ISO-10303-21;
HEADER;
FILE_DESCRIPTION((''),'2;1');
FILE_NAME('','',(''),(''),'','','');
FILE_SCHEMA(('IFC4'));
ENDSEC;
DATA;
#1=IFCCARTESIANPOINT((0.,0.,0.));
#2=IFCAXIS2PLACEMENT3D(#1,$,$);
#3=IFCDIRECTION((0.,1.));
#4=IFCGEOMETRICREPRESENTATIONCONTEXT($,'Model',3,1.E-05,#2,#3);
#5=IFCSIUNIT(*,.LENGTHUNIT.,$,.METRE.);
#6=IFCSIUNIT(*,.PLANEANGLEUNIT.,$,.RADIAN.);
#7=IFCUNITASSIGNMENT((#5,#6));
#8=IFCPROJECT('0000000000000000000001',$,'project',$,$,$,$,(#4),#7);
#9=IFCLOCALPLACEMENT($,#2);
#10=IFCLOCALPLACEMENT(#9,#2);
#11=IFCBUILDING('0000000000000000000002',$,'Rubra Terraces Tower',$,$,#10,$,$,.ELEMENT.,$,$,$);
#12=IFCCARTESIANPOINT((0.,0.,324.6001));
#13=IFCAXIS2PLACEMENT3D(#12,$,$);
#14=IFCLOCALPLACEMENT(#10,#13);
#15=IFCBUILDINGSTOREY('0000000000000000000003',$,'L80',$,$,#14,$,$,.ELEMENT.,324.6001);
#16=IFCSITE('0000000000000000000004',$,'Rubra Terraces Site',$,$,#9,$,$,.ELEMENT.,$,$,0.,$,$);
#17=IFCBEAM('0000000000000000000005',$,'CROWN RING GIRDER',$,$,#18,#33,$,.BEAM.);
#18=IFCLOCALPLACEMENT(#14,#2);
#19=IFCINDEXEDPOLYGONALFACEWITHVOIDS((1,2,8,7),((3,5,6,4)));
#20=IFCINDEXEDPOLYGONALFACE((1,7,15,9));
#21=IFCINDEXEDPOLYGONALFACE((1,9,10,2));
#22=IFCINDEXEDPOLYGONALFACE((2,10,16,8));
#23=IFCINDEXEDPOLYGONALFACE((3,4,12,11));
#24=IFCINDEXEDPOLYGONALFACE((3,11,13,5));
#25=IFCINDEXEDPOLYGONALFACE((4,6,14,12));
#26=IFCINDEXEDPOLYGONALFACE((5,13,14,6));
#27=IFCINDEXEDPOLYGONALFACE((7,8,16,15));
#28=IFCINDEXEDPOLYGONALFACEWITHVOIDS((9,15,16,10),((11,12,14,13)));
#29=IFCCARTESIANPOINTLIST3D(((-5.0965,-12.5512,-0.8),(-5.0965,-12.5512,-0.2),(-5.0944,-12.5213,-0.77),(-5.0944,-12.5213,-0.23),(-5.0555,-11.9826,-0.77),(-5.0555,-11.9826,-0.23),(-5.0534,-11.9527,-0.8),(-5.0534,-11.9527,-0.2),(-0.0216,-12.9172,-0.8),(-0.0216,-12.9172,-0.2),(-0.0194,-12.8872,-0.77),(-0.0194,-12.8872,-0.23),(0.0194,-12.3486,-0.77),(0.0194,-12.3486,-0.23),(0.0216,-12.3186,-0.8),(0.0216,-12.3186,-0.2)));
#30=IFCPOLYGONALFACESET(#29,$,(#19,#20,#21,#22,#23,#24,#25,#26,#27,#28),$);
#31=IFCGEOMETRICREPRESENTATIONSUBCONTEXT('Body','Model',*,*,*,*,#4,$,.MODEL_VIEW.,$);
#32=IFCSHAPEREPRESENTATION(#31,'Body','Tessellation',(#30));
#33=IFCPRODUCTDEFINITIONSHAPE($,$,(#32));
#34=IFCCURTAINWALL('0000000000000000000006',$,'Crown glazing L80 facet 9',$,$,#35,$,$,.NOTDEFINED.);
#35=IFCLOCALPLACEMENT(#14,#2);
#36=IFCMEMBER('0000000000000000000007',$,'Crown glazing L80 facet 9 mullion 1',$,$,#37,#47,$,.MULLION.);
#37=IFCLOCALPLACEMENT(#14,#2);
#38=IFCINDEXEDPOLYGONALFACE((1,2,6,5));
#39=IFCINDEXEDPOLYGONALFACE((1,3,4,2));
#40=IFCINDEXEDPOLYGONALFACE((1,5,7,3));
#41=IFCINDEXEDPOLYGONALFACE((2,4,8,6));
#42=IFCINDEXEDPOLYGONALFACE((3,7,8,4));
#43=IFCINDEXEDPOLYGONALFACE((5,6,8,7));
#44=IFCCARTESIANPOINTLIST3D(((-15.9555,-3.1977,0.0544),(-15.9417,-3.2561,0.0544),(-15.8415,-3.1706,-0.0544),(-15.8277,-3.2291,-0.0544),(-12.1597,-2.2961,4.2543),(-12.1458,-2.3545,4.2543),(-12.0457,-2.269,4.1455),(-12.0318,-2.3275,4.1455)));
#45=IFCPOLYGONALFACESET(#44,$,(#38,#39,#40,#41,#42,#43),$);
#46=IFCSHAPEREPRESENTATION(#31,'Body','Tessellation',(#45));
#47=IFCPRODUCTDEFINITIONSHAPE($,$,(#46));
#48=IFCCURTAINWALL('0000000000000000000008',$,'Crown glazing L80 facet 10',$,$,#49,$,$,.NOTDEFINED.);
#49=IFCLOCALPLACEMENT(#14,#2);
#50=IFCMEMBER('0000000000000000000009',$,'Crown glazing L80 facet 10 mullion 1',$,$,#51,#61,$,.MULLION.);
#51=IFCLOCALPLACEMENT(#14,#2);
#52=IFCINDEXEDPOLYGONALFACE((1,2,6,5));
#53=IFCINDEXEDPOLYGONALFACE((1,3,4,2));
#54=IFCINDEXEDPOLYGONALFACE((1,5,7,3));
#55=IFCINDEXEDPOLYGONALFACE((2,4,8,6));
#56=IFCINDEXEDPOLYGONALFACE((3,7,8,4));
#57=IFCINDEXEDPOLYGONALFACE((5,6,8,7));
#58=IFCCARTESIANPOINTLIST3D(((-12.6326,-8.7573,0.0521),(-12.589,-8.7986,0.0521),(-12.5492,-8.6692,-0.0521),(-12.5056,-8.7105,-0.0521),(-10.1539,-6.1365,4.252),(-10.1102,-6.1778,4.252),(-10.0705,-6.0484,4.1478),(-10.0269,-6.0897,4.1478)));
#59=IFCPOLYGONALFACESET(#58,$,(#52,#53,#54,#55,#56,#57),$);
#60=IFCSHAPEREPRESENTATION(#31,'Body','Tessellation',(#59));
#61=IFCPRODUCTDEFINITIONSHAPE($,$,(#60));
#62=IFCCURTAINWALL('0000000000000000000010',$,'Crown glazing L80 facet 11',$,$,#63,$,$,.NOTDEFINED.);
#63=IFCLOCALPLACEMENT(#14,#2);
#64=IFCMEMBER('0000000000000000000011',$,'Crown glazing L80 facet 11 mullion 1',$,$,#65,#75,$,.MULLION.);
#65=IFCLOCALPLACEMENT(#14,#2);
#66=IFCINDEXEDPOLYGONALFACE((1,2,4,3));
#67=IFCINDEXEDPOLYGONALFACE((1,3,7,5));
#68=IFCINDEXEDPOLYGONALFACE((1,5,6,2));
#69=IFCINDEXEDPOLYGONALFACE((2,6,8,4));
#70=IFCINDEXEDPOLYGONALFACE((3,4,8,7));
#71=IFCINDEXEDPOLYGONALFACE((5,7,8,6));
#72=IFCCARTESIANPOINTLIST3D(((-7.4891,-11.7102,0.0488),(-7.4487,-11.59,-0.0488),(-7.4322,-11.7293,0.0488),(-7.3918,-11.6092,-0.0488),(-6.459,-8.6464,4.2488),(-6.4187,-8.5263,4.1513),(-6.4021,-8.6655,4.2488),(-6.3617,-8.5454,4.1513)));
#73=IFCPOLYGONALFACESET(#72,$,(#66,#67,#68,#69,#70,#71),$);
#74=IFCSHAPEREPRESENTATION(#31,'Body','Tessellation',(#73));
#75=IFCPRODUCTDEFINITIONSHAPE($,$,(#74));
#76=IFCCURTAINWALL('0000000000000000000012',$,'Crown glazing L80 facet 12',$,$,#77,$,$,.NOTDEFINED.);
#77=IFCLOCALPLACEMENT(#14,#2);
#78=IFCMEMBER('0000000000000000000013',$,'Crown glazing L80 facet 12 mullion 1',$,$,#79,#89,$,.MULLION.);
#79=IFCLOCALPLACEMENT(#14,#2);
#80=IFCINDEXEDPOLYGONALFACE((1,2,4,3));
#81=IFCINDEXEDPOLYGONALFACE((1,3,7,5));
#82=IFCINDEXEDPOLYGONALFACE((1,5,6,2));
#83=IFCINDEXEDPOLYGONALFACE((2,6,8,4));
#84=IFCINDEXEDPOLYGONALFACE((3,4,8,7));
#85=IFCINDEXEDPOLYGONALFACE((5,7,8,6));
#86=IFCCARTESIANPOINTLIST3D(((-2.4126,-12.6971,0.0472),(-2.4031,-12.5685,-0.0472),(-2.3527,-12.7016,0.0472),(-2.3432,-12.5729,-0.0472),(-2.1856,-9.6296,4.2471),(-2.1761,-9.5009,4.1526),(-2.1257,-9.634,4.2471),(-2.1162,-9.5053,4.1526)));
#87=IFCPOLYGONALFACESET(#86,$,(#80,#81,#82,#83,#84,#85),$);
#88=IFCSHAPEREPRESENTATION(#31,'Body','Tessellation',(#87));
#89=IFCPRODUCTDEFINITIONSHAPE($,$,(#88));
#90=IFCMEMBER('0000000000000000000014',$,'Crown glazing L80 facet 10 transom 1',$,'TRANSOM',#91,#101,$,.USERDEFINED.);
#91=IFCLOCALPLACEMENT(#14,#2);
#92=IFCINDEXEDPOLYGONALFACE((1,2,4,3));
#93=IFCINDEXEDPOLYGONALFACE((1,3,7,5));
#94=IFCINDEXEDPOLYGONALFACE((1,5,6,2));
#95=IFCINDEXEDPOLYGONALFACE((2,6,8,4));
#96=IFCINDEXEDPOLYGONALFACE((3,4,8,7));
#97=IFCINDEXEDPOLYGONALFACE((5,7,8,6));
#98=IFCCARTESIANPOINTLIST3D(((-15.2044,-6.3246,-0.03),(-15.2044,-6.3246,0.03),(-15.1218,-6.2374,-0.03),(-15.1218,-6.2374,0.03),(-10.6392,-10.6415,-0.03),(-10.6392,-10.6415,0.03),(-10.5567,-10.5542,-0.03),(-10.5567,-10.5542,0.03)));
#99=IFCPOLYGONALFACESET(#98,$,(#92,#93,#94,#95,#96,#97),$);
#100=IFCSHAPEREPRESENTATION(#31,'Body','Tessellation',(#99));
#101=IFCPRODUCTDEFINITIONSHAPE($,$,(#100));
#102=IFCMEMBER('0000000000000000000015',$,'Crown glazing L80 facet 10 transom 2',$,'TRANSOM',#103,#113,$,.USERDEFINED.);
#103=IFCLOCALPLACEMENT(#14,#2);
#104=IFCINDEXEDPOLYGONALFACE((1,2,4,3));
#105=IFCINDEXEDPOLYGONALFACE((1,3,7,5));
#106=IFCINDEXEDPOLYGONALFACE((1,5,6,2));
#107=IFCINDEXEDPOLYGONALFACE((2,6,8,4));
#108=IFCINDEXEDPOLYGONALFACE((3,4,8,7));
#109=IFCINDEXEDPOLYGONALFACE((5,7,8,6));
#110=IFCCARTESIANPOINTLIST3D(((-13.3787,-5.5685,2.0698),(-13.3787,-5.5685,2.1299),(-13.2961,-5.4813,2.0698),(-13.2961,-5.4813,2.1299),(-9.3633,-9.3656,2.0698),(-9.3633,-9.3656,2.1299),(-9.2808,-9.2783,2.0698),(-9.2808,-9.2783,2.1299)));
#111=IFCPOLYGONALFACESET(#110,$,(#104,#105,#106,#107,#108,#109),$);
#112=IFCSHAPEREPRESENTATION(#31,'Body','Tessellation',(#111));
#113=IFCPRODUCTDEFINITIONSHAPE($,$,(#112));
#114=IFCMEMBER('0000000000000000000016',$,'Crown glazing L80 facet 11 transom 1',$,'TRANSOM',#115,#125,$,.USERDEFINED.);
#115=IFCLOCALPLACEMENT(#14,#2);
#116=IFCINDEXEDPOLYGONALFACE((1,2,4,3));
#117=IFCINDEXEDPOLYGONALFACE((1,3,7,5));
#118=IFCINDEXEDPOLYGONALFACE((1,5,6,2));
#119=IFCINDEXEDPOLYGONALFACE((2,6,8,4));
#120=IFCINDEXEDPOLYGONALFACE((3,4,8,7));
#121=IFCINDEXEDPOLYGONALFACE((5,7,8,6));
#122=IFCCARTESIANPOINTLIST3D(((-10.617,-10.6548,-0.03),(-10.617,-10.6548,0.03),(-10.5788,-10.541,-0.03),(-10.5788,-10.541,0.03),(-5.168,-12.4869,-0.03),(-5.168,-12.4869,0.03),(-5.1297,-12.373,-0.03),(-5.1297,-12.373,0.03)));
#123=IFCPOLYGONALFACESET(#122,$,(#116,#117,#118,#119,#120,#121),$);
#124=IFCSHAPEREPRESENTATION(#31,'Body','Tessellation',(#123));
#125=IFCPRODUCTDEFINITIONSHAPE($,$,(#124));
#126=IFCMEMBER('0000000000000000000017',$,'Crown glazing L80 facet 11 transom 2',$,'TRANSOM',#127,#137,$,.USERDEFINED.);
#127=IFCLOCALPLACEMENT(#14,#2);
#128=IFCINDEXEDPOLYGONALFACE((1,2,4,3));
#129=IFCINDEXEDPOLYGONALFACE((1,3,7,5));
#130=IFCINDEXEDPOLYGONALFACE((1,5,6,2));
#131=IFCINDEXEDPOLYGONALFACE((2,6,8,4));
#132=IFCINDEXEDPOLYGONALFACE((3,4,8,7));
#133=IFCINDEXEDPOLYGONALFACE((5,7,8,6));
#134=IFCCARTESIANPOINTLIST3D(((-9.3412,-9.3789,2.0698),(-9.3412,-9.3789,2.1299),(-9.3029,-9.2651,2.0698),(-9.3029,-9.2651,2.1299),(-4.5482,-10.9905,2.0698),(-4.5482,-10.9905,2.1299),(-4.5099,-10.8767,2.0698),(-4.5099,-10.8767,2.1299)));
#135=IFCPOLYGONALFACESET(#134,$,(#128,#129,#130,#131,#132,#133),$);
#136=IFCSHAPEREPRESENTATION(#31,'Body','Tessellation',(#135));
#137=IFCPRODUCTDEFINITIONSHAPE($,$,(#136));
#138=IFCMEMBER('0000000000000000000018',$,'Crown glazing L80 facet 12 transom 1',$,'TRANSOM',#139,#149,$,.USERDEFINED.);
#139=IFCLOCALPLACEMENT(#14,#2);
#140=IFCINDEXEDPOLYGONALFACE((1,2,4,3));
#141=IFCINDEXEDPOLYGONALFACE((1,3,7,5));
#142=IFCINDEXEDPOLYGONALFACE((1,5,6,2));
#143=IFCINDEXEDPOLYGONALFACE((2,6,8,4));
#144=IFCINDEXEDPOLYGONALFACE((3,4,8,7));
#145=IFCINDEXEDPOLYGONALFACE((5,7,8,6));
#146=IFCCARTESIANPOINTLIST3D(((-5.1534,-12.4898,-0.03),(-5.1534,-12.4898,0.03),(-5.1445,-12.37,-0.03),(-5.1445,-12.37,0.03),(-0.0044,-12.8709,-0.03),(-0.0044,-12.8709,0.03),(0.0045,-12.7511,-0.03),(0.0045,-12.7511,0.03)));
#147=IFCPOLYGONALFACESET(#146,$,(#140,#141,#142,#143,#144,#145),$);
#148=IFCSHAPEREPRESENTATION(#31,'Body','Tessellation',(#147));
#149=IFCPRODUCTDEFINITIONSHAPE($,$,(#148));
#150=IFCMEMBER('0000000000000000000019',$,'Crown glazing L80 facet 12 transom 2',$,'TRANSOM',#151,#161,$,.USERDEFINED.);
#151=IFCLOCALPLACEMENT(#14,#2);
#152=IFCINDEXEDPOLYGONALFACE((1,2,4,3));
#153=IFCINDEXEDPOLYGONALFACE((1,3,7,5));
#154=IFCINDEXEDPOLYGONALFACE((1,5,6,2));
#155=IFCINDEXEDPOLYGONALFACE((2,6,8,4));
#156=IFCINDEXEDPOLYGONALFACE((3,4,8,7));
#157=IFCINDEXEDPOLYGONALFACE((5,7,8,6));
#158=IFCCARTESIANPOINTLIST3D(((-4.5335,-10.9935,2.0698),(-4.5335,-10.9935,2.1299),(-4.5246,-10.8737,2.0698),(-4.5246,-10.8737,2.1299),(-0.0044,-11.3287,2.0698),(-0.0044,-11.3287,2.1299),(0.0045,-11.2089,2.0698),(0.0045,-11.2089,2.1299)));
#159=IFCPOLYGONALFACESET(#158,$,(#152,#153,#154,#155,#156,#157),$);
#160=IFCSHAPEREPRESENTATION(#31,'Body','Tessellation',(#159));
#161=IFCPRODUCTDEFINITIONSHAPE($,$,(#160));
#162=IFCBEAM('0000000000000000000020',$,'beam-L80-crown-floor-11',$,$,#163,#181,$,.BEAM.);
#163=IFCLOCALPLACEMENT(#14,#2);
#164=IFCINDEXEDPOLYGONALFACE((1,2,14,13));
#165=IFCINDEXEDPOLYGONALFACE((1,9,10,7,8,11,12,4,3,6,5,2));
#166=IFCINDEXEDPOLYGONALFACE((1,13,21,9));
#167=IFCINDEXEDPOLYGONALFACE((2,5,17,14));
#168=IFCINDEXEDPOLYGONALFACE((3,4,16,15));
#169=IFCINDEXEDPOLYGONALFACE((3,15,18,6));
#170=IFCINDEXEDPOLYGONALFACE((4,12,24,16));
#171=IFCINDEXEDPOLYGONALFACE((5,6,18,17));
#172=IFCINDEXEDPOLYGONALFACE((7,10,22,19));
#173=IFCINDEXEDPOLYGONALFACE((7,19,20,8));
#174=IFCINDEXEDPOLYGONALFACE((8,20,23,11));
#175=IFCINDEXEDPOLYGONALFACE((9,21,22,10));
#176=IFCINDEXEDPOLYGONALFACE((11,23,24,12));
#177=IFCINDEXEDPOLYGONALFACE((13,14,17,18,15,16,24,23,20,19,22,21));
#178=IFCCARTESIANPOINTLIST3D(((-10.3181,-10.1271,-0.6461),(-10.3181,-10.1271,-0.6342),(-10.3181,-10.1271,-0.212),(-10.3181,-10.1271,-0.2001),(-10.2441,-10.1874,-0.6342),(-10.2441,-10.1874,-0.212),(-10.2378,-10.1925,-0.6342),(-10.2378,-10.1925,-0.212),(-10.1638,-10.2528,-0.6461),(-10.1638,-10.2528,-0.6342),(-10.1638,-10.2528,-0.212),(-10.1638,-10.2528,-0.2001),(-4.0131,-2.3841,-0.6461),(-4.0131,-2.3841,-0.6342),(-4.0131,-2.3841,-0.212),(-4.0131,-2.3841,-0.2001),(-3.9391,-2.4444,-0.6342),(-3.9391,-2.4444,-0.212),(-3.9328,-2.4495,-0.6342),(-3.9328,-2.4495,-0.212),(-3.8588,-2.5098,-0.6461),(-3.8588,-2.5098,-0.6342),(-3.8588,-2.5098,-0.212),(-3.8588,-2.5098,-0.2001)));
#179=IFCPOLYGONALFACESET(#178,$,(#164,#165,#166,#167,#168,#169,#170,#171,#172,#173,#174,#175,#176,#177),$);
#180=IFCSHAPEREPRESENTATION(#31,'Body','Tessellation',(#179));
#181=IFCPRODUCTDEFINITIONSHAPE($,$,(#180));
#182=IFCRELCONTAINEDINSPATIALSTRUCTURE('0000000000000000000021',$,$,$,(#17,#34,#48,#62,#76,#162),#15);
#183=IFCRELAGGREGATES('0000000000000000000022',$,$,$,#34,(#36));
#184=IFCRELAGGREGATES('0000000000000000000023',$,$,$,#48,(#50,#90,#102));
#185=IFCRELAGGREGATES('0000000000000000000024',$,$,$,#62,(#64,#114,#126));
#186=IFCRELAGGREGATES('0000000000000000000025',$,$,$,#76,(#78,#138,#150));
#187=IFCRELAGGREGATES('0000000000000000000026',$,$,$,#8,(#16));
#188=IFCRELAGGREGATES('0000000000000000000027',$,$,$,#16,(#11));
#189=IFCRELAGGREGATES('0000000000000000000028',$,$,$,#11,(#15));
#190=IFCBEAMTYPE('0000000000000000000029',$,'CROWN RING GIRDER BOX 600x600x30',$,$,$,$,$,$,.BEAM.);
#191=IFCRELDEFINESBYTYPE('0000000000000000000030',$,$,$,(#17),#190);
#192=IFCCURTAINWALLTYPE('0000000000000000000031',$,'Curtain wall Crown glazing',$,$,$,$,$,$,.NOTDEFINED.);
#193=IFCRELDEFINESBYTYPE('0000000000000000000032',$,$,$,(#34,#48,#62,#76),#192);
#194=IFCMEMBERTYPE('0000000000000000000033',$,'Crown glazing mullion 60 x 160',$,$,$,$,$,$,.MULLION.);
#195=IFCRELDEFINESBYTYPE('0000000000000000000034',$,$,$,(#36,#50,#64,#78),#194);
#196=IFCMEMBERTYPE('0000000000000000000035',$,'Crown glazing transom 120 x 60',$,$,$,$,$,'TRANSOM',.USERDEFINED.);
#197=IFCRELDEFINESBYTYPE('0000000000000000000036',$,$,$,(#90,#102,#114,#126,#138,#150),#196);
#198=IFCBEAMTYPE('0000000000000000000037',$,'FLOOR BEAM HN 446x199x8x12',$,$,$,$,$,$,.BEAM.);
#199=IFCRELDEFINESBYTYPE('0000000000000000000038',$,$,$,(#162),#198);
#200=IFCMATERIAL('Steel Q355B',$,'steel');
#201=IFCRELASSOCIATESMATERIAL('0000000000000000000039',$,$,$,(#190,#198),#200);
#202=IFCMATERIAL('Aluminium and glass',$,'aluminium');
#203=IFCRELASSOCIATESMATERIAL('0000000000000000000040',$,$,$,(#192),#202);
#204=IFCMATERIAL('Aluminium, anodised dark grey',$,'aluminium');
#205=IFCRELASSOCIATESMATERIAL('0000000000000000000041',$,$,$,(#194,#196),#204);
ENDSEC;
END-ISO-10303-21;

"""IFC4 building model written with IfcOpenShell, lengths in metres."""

from ifc_helpers import new_model, si_unit, direction, frame, origin, origin_2d, place, context, subcontext, project, spatial, rectangle, hollow_rectangle, i_section, extrude, material, material_profile, profile_set, type_object, element, aggregate, save


model = new_model("IFC4")

# Units and contexts
model_context = context("Model", 3, precision=1e-05, world=origin(), true_north=direction((0.0, 1.0)))
body_context = subcontext(model_context, "Body", "Model", "MODEL_VIEW")
ifc_project = project(units=[si_unit("LENGTHUNIT", "METRE"), si_unit("PLANEANGLEUNIT", "RADIAN")], contexts=[model_context])

# Site, building, storey
site_placement = place(None, origin())
site = spatial("IfcSite", under=ifc_project, at=site_placement, Name="Rubra Terraces Site", CompositionType="ELEMENT", RefElevation=0.0)
building_placement = place(site_placement, origin())
building = spatial("IfcBuilding", under=site, at=building_placement, Name="Rubra Terraces Tower", CompositionType="ELEMENT")
storey_placement = place(building_placement, frame((0.0, 0.0, 324.6001)))
storey = spatial("IfcBuildingStorey", under=building, at=storey_placement, Name="L80", CompositionType="ELEMENT", Elevation=324.6001)

# Shared definitions
ifc_material_1 = material(Name="Steel Q355B", Category="steel")

# Beam
ifc_material_profile_1 = material_profile(ifc_material_1, hollow_rectangle(XDim=0.6001, YDim=0.6001, WallThickness=0.03, at=origin_2d()), Name="BOX 600x600x30")
ifc_profile_set_1 = profile_set([ifc_material_profile_1], Name="Steel Q355B")
beam_type_1 = type_object("IfcBeamType", Name="CROWN RING GIRDER BOX 600x600x30", PredefinedType="BEAM", material=ifc_profile_set_1)
beam_1_placement = place(storey_placement, frame((-5.075, -12.252, -0.5), z_axis=(0.99741, -0.071926, 0.0), x_axis=(0.071926, 0.99741, 0.0)))
element("IfcBeam", 1, at=beam_1_placement, inside=storey, type_object=beam_type_1, Name="CROWN RING GIRDER", PredefinedType="BEAM", context=body_context, shape_type="SweptSolid", body=[
    extrude(hollow_rectangle(XDim=0.6001, YDim=0.6001, WallThickness=0.03, at=origin_2d()), origin(), (0.0, 0.0, 1.0), 5.0881),
])

# Curtain walls, members
ifc_material_2 = material(Name="Aluminium and glass", Category="aluminium")
curtain_wall_type = type_object("IfcCurtainWallType", Name="Curtain wall Crown glazing", PredefinedType="NOTDEFINED", material=ifc_material_2)
curtain_wall_1_placement = place(storey_placement, origin())
curtain_wall_1 = element("IfcCurtainWall", 2, at=curtain_wall_1_placement, inside=storey, type_object=curtain_wall_type, Name="Crown glazing L80 facet 9", PredefinedType="NOTDEFINED")
ifc_material_3 = material(Name="Aluminium, anodised dark grey", Category="aluminium")
ifc_material_profile_2 = material_profile(ifc_material_3, rectangle(XDim=0.0601, YDim=0.1599, at=origin_2d()), Name="AL 60x160")
ifc_profile_set_2 = profile_set([ifc_material_profile_2], Name="Aluminium, anodised dark grey")
member_type_1 = type_object("IfcMemberType", Name="Crown glazing mullion 60 x 160", PredefinedType="MULLION", material=ifc_profile_set_2)
member_1_placement = place(storey_placement, frame((-15.8916, -3.2134, 0.0), z_axis=(0.662174, 0.157281, 0.732659), x_axis=(-0.231093, 0.972932, 0.0)))
member_1 = element("IfcMember", 3, at=member_1_placement, type_object=member_type_1, Name="Crown glazing L80 facet 9 mullion 1", PredefinedType="MULLION", context=body_context, shape_type="SweptSolid", body=[
    extrude(rectangle(XDim=0.0601, YDim=0.1599, at=origin_2d()), origin(), (0.0, 0.0, 1.0), 5.7324),
])
curtain_wall_2_placement = place(storey_placement, origin())
curtain_wall_2 = element("IfcCurtainWall", 4, at=curtain_wall_2_placement, inside=storey, type_object=curtain_wall_type, Name="Crown glazing L80 facet 10", PredefinedType="NOTDEFINED")
member_2_placement = place(storey_placement, frame((-12.5691, -8.7339, 0.0), z_axis=(0.447713, 0.473378, 0.758595), x_axis=(-0.726527, 0.687138, 0.0)))
member_2 = element("IfcMember", 5, at=member_2_placement, type_object=member_type_1, Name="Crown glazing L80 facet 10 mullion 1", PredefinedType="MULLION", context=body_context, shape_type="SweptSolid", body=[
    extrude(rectangle(XDim=0.0601, YDim=0.1599, at=origin_2d()), origin(), (0.0, 0.0, 1.0), 5.5364),
])
curtain_wall_3_placement = place(storey_placement, origin())
curtain_wall_3 = element("IfcCurtainWall", 6, at=curtain_wall_3_placement, inside=storey, type_object=curtain_wall_type, Name="Crown glazing L80 facet 11", PredefinedType="NOTDEFINED")
member_3_placement = place(storey_placement, frame((-7.4404, -11.6597, 0.0), z_axis=(0.194356, 0.578092, 0.792487), x_axis=(-0.947864, 0.318674, 0.0)))
member_3 = element("IfcMember", 7, at=member_3_placement, type_object=member_type_1, Name="Crown glazing L80 facet 11 mullion 1", PredefinedType="MULLION", context=body_context, shape_type="SweptSolid", body=[
    extrude(rectangle(XDim=0.0601, YDim=0.1599, at=origin_2d()), origin(), (0.0, 0.0, 1.0), 5.2998),
])
curtain_wall_4_placement = place(storey_placement, origin())
curtain_wall_4 = element("IfcCurtainWall", 8, at=curtain_wall_4_placement, inside=storey, type_object=curtain_wall_type, Name="Crown glazing L80 facet 12", PredefinedType="NOTDEFINED")
member_4_placement = place(storey_placement, frame((-2.3779, -12.635, 0.0), z_axis=(0.043614, 0.589259, 0.806766), x_axis=(-0.997272, 0.073813, 0.0)))
member_4 = element("IfcMember", 9, at=member_4_placement, type_object=member_type_1, Name="Crown glazing L80 facet 12 mullion 1", PredefinedType="MULLION", context=body_context, shape_type="SweptSolid", body=[
    extrude(rectangle(XDim=0.0601, YDim=0.1599, at=origin_2d()), origin(), (0.0, 0.0, 1.0), 5.2058),
])

# Members
ifc_material_profile_3 = material_profile(ifc_material_3, rectangle(XDim=0.1201, YDim=0.0601, at=origin_2d()), Name="AL 120x60")
ifc_profile_set_3 = profile_set([ifc_material_profile_3], Name="Aluminium, anodised dark grey")
member_type_2 = type_object("IfcMemberType", Name="Crown glazing transom 120 x 60", ElementType="TRANSOM", PredefinedType="USERDEFINED", material=ifc_profile_set_3)
member_5_placement = place(storey_placement, frame((-15.1631, -6.281, 0.0), z_axis=(0.72659, -0.687072, 0.0), x_axis=(0.687072, 0.72659, 0.0)))
member_5 = element("IfcMember", 10, at=member_5_placement, type_object=member_type_2, Name="Crown glazing L80 facet 10 transom 1", ObjectType="TRANSOM", PredefinedType="USERDEFINED", context=body_context, shape_type="SweptSolid", body=[
    extrude(rectangle(XDim=0.1201, YDim=0.0601, at=origin_2d()), origin(), (0.0, 0.0, 1.0), 6.283),
])
member_6_placement = place(storey_placement, frame((-13.3374, -5.5249, 2.0999), z_axis=(0.726578, -0.687084, 0.0), x_axis=(0.687084, 0.726578, 0.0)))
member_6 = element("IfcMember", 11, at=member_6_placement, type_object=member_type_2, Name="Crown glazing L80 facet 10 transom 2", ObjectType="TRANSOM", PredefinedType="USERDEFINED", context=body_context, shape_type="SweptSolid", body=[
    extrude(rectangle(XDim=0.1201, YDim=0.0601, at=origin_2d()), origin(), (0.0, 0.0, 1.0), 5.5264),
])
member_7_placement = place(storey_placement, frame((-10.5979, -10.5979, 0.0), z_axis=(0.94786, -0.318686, 0.0), x_axis=(0.318686, 0.94786, 0.0)))
member_7 = element("IfcMember", 12, at=member_7_placement, type_object=member_type_2, Name="Crown glazing L80 facet 11 transom 1", ObjectType="TRANSOM", PredefinedType="USERDEFINED", context=body_context, shape_type="SweptSolid", body=[
    extrude(rectangle(XDim=0.1201, YDim=0.0601, at=origin_2d()), origin(), (0.0, 0.0, 1.0), 5.7488),
])
member_8_placement = place(storey_placement, frame((-9.322, -9.322, 2.0999), z_axis=(0.947854, -0.318704, 0.0), x_axis=(0.318704, 0.947854, 0.0)))
member_8 = element("IfcMember", 13, at=member_8_placement, type_object=member_type_2, Name="Crown glazing L80 facet 11 transom 2", ObjectType="TRANSOM", PredefinedType="USERDEFINED", context=body_context, shape_type="SweptSolid", body=[
    extrude(rectangle(XDim=0.1201, YDim=0.0601, at=origin_2d()), origin(), (0.0, 0.0, 1.0), 5.0566),
])
member_9_placement = place(storey_placement, frame((-5.1489, -12.4299, 0.0), z_axis=(0.997272, -0.073814, 0.0), x_axis=(0.073814, 0.997272, 0.0)))
member_9 = element("IfcMember", 14, at=member_9_placement, type_object=member_type_2, Name="Crown glazing L80 facet 12 transom 1", ObjectType="TRANSOM", PredefinedType="USERDEFINED", context=body_context, shape_type="SweptSolid", body=[
    extrude(rectangle(XDim=0.1201, YDim=0.0601, at=origin_2d()), origin(), (0.0, 0.0, 1.0), 5.1631),
])
member_10_placement = place(storey_placement, frame((-4.5291, -10.9336, 2.0999), z_axis=(0.997272, -0.07381, 0.0), x_axis=(0.07381, 0.997272, 0.0)))
member_10 = element("IfcMember", 15, at=member_10_placement, type_object=member_type_2, Name="Crown glazing L80 facet 12 transom 2", ObjectType="TRANSOM", PredefinedType="USERDEFINED", context=body_context, shape_type="SweptSolid", body=[
    extrude(rectangle(XDim=0.1201, YDim=0.0601, at=origin_2d()), origin(), (0.0, 0.0, 1.0), 4.5415),
])

# Beam
ifc_material_profile_4 = material_profile(ifc_material_1, i_section(OverallWidth=0.199, OverallDepth=0.446, WebThickness=0.0081, FlangeThickness=0.012, at=origin_2d()), Name="HN 446x199x8x12")
ifc_profile_set_4 = profile_set([ifc_material_profile_4], Name="Steel Q355B")
beam_type_2 = type_object("IfcBeamType", Name="FLOOR BEAM HN 446x199x8x12", PredefinedType="BEAM", material=ifc_profile_set_4)
beam_2_placement = place(storey_placement, frame((-10.241, -10.1899, -0.4231), z_axis=(0.631425, 0.775437, 0.0), x_axis=(-0.775437, 0.631425, 0.0)))
element("IfcBeam", 16, at=beam_2_placement, inside=storey, type_object=beam_type_2, Name="beam-L80-crown-floor-11", PredefinedType="BEAM", context=body_context, shape_type="SweptSolid", body=[
    extrude(i_section(OverallWidth=0.199, OverallDepth=0.446, WebThickness=0.0081, FlangeThickness=0.012, at=origin_2d()), origin(), (0.0, 0.0, 1.0), 9.9854),
])

aggregate(curtain_wall_1, [member_1])
aggregate(curtain_wall_2, [member_2, member_5, member_6])
aggregate(curtain_wall_3, [member_3, member_7, member_8])
aggregate(curtain_wall_4, [member_4, member_9, member_10])

save(model, "model.ifc")
